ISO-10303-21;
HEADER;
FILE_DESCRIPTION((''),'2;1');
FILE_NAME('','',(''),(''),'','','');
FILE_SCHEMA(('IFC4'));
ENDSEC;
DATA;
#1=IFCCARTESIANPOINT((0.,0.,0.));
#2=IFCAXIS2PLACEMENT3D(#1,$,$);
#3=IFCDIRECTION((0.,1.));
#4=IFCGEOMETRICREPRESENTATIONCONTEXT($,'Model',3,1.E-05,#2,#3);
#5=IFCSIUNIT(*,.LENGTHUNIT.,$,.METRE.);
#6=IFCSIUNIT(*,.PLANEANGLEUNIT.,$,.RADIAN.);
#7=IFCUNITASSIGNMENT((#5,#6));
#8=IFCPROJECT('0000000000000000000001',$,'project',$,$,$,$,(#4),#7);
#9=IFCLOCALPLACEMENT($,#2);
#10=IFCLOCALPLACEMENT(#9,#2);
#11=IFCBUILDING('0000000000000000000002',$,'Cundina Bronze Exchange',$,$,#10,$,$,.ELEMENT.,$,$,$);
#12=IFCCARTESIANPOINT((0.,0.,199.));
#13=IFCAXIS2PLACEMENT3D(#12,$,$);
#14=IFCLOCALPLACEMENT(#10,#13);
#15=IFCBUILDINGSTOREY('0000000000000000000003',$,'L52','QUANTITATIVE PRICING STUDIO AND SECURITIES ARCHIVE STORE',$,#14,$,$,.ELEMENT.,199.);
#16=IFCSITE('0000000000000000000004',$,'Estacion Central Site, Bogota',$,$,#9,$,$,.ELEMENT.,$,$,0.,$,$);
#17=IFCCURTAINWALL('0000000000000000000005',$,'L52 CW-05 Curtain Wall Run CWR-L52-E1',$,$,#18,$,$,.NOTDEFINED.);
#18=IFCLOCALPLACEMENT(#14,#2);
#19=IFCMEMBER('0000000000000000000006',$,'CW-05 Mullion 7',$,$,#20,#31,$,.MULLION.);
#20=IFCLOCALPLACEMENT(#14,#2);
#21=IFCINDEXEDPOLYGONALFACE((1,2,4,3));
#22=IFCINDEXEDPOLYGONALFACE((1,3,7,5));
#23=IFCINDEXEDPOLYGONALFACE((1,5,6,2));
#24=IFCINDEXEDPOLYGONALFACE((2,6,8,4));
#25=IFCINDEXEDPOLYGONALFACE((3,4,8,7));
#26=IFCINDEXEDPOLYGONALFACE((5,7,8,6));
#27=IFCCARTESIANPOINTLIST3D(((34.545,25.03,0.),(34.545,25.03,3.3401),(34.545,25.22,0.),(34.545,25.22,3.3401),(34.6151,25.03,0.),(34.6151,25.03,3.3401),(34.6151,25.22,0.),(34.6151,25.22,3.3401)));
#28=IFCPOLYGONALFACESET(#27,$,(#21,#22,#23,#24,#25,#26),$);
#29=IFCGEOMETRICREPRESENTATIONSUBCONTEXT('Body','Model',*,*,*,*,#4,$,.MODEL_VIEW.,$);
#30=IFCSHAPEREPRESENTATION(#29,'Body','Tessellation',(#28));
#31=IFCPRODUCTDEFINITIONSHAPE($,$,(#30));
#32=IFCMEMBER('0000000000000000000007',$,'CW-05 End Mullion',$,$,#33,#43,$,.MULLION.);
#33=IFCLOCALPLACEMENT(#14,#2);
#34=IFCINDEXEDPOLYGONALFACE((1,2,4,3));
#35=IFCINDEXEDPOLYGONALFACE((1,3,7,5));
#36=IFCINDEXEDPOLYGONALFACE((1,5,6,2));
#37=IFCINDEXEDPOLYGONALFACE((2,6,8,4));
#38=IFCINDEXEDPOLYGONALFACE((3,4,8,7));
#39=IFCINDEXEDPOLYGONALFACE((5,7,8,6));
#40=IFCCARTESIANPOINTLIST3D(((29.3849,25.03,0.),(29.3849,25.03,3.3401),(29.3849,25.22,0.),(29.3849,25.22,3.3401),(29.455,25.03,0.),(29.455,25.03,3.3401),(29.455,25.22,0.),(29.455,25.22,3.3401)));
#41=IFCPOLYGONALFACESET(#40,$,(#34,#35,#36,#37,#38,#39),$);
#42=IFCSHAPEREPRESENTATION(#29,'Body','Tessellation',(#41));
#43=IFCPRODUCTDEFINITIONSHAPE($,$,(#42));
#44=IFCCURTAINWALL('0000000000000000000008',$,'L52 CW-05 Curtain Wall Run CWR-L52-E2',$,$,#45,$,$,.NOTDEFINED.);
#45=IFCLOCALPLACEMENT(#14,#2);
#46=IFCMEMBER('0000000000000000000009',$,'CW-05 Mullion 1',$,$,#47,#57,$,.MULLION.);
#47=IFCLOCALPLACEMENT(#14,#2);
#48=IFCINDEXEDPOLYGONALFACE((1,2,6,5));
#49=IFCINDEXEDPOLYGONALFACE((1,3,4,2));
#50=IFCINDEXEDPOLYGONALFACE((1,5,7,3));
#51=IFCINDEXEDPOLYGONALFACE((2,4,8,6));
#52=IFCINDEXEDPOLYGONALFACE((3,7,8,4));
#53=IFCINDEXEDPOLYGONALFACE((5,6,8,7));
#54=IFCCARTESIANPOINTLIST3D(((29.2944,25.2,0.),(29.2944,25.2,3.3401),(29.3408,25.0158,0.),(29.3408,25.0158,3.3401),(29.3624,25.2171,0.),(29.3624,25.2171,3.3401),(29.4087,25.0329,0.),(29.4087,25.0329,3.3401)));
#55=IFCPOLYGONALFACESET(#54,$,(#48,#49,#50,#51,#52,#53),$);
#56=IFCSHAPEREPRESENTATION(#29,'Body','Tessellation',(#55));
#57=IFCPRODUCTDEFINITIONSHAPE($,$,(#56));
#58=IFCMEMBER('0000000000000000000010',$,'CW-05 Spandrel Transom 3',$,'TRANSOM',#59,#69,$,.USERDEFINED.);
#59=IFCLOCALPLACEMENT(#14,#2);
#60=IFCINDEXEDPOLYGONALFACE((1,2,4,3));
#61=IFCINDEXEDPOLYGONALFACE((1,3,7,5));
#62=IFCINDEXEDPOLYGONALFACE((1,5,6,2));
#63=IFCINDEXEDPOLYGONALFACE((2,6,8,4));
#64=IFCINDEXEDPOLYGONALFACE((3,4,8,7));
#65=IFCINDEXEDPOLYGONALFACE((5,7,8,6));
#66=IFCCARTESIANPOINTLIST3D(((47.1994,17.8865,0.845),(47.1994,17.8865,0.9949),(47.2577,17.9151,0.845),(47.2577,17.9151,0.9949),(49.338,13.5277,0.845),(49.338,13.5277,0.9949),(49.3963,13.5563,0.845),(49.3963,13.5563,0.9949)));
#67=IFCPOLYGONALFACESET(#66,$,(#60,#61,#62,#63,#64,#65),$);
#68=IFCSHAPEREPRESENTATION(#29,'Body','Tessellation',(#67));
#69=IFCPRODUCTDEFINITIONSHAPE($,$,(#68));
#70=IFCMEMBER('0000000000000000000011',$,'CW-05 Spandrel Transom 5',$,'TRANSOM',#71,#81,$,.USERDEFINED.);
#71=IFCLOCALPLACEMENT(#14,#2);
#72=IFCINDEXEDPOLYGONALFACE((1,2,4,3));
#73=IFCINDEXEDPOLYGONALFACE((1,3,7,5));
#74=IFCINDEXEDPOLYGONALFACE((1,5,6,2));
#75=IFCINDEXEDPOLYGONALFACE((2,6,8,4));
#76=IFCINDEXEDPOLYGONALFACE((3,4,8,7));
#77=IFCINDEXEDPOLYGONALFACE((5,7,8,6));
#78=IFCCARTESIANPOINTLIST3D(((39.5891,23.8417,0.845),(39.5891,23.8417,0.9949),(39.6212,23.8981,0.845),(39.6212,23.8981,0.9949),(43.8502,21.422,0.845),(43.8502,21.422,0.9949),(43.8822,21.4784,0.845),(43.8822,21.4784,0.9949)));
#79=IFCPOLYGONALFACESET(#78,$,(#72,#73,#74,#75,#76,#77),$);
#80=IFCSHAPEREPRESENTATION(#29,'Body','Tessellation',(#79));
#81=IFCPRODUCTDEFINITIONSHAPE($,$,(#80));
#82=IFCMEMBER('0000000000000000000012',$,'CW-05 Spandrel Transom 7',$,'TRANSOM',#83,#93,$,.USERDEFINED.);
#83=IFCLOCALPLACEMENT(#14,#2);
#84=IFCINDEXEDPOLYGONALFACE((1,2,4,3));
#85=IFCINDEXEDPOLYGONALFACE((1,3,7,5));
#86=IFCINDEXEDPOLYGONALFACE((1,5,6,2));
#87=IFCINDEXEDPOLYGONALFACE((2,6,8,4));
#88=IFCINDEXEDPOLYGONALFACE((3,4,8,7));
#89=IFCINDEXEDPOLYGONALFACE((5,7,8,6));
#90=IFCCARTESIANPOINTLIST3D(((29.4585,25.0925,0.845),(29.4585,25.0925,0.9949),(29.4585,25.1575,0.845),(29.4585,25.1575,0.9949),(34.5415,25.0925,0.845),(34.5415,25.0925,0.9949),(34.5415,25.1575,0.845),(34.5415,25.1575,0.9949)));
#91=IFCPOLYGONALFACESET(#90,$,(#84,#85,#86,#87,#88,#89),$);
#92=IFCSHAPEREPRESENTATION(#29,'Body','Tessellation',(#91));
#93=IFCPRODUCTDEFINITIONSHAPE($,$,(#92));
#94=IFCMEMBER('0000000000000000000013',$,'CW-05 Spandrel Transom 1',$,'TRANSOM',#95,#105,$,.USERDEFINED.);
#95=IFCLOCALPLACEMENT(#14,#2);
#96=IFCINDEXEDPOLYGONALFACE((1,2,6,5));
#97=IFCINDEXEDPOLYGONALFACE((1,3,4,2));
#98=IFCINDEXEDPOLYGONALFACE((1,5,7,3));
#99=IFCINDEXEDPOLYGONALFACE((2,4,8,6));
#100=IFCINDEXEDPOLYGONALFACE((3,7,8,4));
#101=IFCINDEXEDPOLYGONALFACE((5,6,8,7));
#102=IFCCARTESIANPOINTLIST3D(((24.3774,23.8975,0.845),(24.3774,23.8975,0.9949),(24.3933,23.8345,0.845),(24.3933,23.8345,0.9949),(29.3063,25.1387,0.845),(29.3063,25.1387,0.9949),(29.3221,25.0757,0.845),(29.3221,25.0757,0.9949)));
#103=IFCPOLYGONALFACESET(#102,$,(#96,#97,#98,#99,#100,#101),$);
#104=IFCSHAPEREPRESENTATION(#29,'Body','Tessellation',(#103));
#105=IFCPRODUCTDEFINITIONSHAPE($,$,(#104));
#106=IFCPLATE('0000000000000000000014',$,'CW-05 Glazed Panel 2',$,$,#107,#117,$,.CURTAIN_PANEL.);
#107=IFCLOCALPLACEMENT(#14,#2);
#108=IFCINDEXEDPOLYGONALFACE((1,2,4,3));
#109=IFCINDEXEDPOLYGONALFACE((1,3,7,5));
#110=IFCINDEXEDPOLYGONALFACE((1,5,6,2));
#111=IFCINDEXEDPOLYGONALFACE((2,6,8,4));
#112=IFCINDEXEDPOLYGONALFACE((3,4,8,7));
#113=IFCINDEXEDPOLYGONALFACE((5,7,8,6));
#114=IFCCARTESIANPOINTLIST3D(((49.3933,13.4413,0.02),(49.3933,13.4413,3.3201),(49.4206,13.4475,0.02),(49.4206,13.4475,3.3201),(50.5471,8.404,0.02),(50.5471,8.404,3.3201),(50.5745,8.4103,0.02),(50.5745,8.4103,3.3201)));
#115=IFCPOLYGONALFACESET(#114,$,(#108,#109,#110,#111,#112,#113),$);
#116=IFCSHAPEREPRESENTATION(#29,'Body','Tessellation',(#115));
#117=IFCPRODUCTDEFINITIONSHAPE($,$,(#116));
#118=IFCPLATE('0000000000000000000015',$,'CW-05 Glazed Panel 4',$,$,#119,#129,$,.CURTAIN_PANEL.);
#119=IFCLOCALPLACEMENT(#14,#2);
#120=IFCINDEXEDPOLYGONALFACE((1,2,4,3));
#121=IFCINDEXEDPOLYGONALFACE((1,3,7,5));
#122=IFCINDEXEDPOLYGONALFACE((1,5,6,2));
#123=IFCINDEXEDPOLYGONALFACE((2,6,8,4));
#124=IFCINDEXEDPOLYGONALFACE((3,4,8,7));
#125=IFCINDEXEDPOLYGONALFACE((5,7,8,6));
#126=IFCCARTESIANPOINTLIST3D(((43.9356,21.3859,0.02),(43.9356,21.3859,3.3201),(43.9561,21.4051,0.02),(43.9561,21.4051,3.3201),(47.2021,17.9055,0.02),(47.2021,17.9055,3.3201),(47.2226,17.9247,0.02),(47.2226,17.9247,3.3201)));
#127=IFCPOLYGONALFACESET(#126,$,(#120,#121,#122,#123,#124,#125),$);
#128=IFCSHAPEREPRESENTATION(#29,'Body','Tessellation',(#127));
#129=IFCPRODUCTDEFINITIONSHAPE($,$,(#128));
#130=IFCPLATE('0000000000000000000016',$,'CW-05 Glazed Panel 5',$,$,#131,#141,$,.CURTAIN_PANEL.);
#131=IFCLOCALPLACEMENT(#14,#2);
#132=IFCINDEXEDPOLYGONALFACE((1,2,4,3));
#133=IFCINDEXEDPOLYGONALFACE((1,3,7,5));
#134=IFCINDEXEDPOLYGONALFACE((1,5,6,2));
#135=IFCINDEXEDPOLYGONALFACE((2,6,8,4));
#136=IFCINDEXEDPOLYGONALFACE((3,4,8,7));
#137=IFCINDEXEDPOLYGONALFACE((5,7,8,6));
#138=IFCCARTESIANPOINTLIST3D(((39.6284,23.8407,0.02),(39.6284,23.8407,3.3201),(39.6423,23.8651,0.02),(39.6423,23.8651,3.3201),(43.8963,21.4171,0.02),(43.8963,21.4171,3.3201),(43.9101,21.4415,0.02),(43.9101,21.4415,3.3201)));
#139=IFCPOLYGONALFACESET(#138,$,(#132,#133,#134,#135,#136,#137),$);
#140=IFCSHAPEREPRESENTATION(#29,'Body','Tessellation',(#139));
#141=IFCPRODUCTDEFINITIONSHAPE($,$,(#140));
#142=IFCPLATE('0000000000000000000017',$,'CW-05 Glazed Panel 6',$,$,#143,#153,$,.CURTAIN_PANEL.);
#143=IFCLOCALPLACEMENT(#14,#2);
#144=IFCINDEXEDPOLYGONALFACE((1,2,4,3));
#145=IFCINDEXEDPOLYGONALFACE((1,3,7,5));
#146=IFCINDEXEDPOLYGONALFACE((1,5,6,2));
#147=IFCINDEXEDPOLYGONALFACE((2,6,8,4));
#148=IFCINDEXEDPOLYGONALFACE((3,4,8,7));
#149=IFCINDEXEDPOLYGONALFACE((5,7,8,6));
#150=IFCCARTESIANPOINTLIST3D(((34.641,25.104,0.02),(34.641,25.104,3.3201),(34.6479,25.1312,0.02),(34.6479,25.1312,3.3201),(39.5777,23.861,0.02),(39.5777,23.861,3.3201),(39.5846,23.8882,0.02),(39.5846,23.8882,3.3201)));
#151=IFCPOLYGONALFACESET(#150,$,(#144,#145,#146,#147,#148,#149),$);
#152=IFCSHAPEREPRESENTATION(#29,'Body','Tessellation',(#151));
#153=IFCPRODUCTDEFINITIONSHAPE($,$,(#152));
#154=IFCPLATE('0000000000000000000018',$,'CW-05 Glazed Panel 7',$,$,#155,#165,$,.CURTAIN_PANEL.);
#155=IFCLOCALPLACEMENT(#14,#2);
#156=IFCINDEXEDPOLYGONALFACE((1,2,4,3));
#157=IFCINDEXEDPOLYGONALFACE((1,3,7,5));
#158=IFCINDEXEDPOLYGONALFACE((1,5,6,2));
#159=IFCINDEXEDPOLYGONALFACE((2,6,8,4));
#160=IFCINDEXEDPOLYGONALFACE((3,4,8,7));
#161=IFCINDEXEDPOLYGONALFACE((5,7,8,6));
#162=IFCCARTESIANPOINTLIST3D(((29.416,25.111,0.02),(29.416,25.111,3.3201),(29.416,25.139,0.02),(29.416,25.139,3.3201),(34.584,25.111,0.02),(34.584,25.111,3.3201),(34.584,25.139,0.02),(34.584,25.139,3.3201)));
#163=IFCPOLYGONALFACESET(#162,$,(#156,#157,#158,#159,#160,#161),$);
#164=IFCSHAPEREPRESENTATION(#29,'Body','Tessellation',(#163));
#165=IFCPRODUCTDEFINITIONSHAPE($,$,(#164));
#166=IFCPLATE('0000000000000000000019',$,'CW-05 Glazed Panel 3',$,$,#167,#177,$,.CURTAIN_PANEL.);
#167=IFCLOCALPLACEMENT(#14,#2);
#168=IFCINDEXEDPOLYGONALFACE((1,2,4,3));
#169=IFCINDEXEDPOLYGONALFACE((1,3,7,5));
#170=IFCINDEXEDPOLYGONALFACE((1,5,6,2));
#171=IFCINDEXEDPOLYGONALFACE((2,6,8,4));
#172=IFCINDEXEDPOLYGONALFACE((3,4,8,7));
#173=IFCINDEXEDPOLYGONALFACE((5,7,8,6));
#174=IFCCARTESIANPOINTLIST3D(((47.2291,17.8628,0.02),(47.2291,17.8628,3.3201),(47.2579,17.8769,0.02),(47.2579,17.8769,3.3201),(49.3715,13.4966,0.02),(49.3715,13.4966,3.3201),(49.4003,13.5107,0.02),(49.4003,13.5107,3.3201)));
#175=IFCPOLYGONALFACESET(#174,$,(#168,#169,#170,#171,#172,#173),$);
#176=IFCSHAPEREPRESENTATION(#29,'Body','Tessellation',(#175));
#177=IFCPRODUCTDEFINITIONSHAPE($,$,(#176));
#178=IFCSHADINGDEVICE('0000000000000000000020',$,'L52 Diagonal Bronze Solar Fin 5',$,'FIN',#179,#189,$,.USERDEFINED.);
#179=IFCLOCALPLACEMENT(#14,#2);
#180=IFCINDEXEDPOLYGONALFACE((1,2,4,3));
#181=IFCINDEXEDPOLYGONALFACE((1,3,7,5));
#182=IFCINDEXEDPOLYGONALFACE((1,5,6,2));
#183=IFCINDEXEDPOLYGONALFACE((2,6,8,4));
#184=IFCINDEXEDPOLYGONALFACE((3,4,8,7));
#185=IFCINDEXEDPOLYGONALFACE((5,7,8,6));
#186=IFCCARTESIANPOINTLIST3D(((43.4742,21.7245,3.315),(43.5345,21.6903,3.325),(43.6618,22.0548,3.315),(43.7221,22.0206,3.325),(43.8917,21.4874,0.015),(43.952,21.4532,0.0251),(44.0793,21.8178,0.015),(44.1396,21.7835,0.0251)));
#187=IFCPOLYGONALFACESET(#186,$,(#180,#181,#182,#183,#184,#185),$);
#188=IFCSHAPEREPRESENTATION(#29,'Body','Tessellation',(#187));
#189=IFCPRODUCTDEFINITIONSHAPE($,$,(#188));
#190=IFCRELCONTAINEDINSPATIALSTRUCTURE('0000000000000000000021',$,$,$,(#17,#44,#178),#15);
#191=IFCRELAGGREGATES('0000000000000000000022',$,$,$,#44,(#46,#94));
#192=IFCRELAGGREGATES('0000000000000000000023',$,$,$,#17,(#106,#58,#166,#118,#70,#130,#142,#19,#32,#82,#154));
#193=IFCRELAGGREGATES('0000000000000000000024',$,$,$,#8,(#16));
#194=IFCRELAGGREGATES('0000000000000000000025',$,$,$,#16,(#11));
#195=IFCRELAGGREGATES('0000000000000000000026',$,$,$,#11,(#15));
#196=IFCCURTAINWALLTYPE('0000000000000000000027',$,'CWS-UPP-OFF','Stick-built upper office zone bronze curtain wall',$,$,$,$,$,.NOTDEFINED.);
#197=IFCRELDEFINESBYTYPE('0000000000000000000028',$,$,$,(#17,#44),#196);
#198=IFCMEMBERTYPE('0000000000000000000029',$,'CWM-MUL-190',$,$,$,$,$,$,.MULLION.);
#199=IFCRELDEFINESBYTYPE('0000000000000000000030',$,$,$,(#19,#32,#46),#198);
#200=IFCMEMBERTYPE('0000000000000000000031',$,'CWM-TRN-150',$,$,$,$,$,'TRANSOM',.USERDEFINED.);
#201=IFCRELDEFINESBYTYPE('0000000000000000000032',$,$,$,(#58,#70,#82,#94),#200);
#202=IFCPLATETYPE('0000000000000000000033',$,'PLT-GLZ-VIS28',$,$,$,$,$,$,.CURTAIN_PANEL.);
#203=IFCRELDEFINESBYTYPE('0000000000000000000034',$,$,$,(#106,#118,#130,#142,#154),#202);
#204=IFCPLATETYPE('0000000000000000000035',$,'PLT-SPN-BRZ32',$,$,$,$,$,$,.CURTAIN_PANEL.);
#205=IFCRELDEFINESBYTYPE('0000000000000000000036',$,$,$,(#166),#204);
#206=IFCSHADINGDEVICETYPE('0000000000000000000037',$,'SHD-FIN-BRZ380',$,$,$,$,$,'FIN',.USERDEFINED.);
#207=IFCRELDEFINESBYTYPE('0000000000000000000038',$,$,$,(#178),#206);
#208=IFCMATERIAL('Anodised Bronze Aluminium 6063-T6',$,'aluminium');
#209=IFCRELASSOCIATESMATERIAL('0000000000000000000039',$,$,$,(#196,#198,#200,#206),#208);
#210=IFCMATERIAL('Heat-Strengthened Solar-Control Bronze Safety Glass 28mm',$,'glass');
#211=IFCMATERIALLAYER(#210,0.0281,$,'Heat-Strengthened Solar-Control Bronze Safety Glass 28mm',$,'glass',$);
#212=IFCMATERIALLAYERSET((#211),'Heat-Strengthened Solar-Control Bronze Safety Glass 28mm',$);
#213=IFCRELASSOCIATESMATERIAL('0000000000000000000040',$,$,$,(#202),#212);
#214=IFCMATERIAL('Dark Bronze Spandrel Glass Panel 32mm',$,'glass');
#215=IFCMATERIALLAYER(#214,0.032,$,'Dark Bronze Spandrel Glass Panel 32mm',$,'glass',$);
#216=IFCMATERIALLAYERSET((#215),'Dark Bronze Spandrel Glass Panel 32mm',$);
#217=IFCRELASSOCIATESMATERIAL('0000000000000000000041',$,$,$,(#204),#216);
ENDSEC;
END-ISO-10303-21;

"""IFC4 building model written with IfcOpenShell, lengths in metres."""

from ifc_helpers import new_model, si_unit, direction, frame, origin, origin_2d, place, context, subcontext, project, spatial, rectangle, extrude, material, layer, layer_set, material_profile, profile_set, type_object, element, aggregate, save


model = new_model("IFC4")

# Units and contexts
model_context = context("Model", 3, precision=1e-05, world=origin(), true_north=direction((0.0, 1.0)))
body_context = subcontext(model_context, "Body", "Model", "MODEL_VIEW")
ifc_project = project(units=[si_unit("LENGTHUNIT", "METRE"), si_unit("PLANEANGLEUNIT", "RADIAN")], contexts=[model_context])

# Site, building, storey
site_placement = place(None, origin())
site = spatial("IfcSite", under=ifc_project, at=site_placement, Name="Estacion Central Site, Bogota", CompositionType="ELEMENT", RefElevation=0.0)
building_placement = place(site_placement, origin())
building = spatial("IfcBuilding", under=site, at=building_placement, Name="Cundina Bronze Exchange", CompositionType="ELEMENT")
storey_placement = place(building_placement, frame((0.0, 0.0, 199.0)))
storey = spatial("IfcBuildingStorey", under=building, at=storey_placement, Name="L52", Description="QUANTITATIVE PRICING STUDIO AND SECURITIES ARCHIVE STORE", CompositionType="ELEMENT", Elevation=199.0)

# Curtain wall, members
ifc_material_1 = material(Name="Anodised Bronze Aluminium 6063-T6", Category="aluminium")
curtain_wall_type = type_object("IfcCurtainWallType", Name="CWS-UPP-OFF", Description="Stick-built upper office zone bronze curtain wall", PredefinedType="NOTDEFINED", material=ifc_material_1)
curtain_wall_1_placement = place(storey_placement, origin())
curtain_wall_1 = element("IfcCurtainWall", 1, at=curtain_wall_1_placement, inside=storey, type_object=curtain_wall_type, Name="L52 CW-05 Curtain Wall Run CWR-L52-E1", PredefinedType="NOTDEFINED")
ifc_material_profile_1 = material_profile(ifc_material_1, rectangle(XDim=0.0701, YDim=0.1899, at=origin_2d()), Name="AL70X190", Category="aluminium")
ifc_profile_set_1 = profile_set([ifc_material_profile_1], Name="Anodised Bronze Aluminium 6063-T6")
member_type_1 = type_object("IfcMemberType", Name="CWM-MUL-190", PredefinedType="MULLION", material=ifc_profile_set_1)
member_1_placement = place(storey_placement, frame((34.5801, 25.125, 0.0), z_axis=(0.0, 0.0, 1.0), x_axis=(-1.0, 0.0, 0.0)))
member_1 = element("IfcMember", 2, at=member_1_placement, type_object=member_type_1, Name="CW-05 Mullion 7", PredefinedType="MULLION", context=body_context, shape_type="SweptSolid", body=[
    extrude(rectangle(XDim=0.0701, YDim=0.1899, at=origin_2d()), origin(), (0.0, 0.0, 1.0), 3.3401),
])
member_2_placement = place(storey_placement, frame((29.4199, 25.125, 0.0), z_axis=(0.0, 0.0, 1.0), x_axis=(-1.0, 0.0, 0.0)))
member_2 = element("IfcMember", 3, at=member_2_placement, type_object=member_type_1, Name="CW-05 End Mullion", PredefinedType="MULLION", context=body_context, shape_type="SweptSolid", body=[
    extrude(rectangle(XDim=0.0701, YDim=0.1899, at=origin_2d()), origin(), (0.0, 0.0, 1.0), 3.3401),
])

# Curtain wall, member
curtain_wall_2_placement = place(storey_placement, origin())
curtain_wall_2 = element("IfcCurtainWall", 4, at=curtain_wall_2_placement, inside=storey, type_object=curtain_wall_type, Name="L52 CW-05 Curtain Wall Run CWR-L52-E2", PredefinedType="NOTDEFINED")
member_3_placement = place(storey_placement, frame((29.3516, 25.1165, 0.0), z_axis=(0.0, 0.0, 1.0), x_axis=(-0.969744, -0.244123, 0.0)))
member_3 = element("IfcMember", 5, at=member_3_placement, type_object=member_type_1, Name="CW-05 Mullion 1", PredefinedType="MULLION", context=body_context, shape_type="SweptSolid", body=[
    extrude(rectangle(XDim=0.0701, YDim=0.1899, at=origin_2d()), origin(), (0.0, 0.0, 1.0), 3.3401),
])

# Members
ifc_material_profile_2 = material_profile(ifc_material_1, rectangle(XDim=0.0649, YDim=0.1499, at=origin_2d()), Name="AL65X150", Category="aluminium")
ifc_profile_set_2 = profile_set([ifc_material_profile_2], Name="Anodised Bronze Aluminium 6063-T6")
member_type_2 = type_object("IfcMemberType", Name="CWM-TRN-150", ElementType="TRANSOM", PredefinedType="USERDEFINED", material=ifc_profile_set_2)
member_4_placement = place(storey_placement, frame((49.3672, 13.542, 0.9199), z_axis=(-0.440483, 0.897761, 0.0), x_axis=(-0.897761, -0.440483, 0.0)))
member_4 = element("IfcMember", 6, at=member_4_placement, type_object=member_type_2, Name="CW-05 Spandrel Transom 3", ObjectType="TRANSOM", PredefinedType="USERDEFINED", context=body_context, shape_type="SweptSolid", body=[
    extrude(rectangle(XDim=0.0649, YDim=0.1499, at=origin_2d()), origin(), (0.0, 0.0, 1.0), 4.8552),
])
member_5_placement = place(storey_placement, frame((43.8662, 21.4502, 0.9199), z_axis=(-0.869574, 0.493803, 0.0), x_axis=(-0.493803, -0.869574, 0.0)))
member_5 = element("IfcMember", 7, at=member_5_placement, type_object=member_type_2, Name="CW-05 Spandrel Transom 5", ObjectType="TRANSOM", PredefinedType="USERDEFINED", context=body_context, shape_type="SweptSolid", body=[
    extrude(rectangle(XDim=0.0649, YDim=0.1499, at=origin_2d()), origin(), (0.0, 0.0, 1.0), 4.9001),
])
member_6_placement = place(storey_placement, frame((34.5415, 25.125, 0.9199), z_axis=(-1.0, 0.0, 0.0), x_axis=(0.0, -1.0, 0.0)))
member_6 = element("IfcMember", 8, at=member_6_placement, type_object=member_type_2, Name="CW-05 Spandrel Transom 7", ObjectType="TRANSOM", PredefinedType="USERDEFINED", context=body_context, shape_type="SweptSolid", body=[
    extrude(rectangle(XDim=0.0649, YDim=0.1499, at=origin_2d()), origin(), (0.0, 0.0, 1.0), 5.083),
])
member_7_placement = place(storey_placement, frame((29.3142, 25.1072, 0.9199), z_axis=(-0.969726, -0.244197, 0.0), x_axis=(0.244197, -0.969726, 0.0)))
member_7 = element("IfcMember", 9, at=member_7_placement, type_object=member_type_2, Name="CW-05 Spandrel Transom 1", ObjectType="TRANSOM", PredefinedType="USERDEFINED", context=body_context, shape_type="SweptSolid", body=[
    extrude(rectangle(XDim=0.0649, YDim=0.1499, at=origin_2d()), origin(), (0.0, 0.0, 1.0), 5.0828),
])
aggregate(curtain_wall_2, [member_3, member_7])

# Plates
ifc_material_2 = material(Name="Heat-Strengthened Solar-Control Bronze Safety Glass 28mm", Category="glass")
ifc_layer_1 = layer(ifc_material_2, 0.0281, Name="Heat-Strengthened Solar-Control Bronze Safety Glass 28mm", Category="glass")
ifc_layer_set_1 = layer_set([ifc_layer_1], Name="Heat-Strengthened Solar-Control Bronze Safety Glass 28mm")
plate_type_1 = type_object("IfcPlateType", Name="PLT-GLZ-VIS28", PredefinedType="CURTAIN_PANEL", material=ifc_layer_set_1)
plate_1_placement = place(storey_placement, frame((49.9839, 10.9258, 0.02), z_axis=(0.0, 0.0, 1.0), x_axis=(-0.223284, 0.974753, 0.0)))
plate_1 = element("IfcPlate", 10, at=plate_1_placement, type_object=plate_type_1, Name="CW-05 Glazed Panel 2", PredefinedType="CURTAIN_PANEL", context=body_context, shape_type="SweptSolid", body=[
    extrude(rectangle(XDim=5.1677, YDim=0.0281, at=origin_2d()), origin(), (0.0, 0.0, 1.0), 3.3),
])
plate_2_placement = place(storey_placement, frame((45.5791, 19.6553, 0.02), z_axis=(0.0, 0.0, 1.0), x_axis=(-0.684344, 0.72916, 0.0)))
plate_2 = element("IfcPlate", 11, at=plate_2_placement, type_object=plate_type_1, Name="CW-05 Glazed Panel 4", PredefinedType="CURTAIN_PANEL", context=body_context, shape_type="SweptSolid", body=[
    extrude(rectangle(XDim=4.7732, YDim=0.0281, at=origin_2d()), origin(), (0.0, 0.0, 1.0), 3.3),
])
plate_3_placement = place(storey_placement, frame((41.7693, 22.6411, 0.02), z_axis=(0.0, 0.0, 1.0), x_axis=(-0.869573, 0.493805, 0.0)))
plate_3 = element("IfcPlate", 12, at=plate_3_placement, type_object=plate_type_1, Name="CW-05 Glazed Panel 5", PredefinedType="CURTAIN_PANEL", context=body_context, shape_type="SweptSolid", body=[
    extrude(rectangle(XDim=4.908, YDim=0.0281, at=origin_2d()), origin(), (0.0, 0.0, 1.0), 3.3),
])
plate_4_placement = place(storey_placement, frame((37.1128, 24.4961, 0.02), z_axis=(0.0, 0.0, 1.0), x_axis=(-0.969732, 0.244174, 0.0)))
plate_4 = element("IfcPlate", 13, at=plate_4_placement, type_object=plate_type_1, Name="CW-05 Glazed Panel 6", PredefinedType="CURTAIN_PANEL", context=body_context, shape_type="SweptSolid", body=[
    extrude(rectangle(XDim=5.0908, YDim=0.0281, at=origin_2d()), origin(), (0.0, 0.0, 1.0), 3.3),
])
plate_5_placement = place(storey_placement, frame((32.0, 25.125, 0.02), z_axis=(0.0, 0.0, 1.0), x_axis=(-1.0, 0.0, 0.0)))
plate_5 = element("IfcPlate", 14, at=plate_5_placement, type_object=plate_type_1, Name="CW-05 Glazed Panel 7", PredefinedType="CURTAIN_PANEL", context=body_context, shape_type="SweptSolid", body=[
    extrude(rectangle(XDim=5.168, YDim=0.0281, at=origin_2d()), origin(), (0.0, 0.0, 1.0), 3.3),
])
ifc_material_3 = material(Name="Dark Bronze Spandrel Glass Panel 32mm", Category="glass")
ifc_layer_2 = layer(ifc_material_3, 0.032, Name="Dark Bronze Spandrel Glass Panel 32mm", Category="glass")
ifc_layer_set_2 = layer_set([ifc_layer_2], Name="Dark Bronze Spandrel Glass Panel 32mm")
plate_type_2 = type_object("IfcPlateType", Name="PLT-SPN-BRZ32", PredefinedType="CURTAIN_PANEL", material=ifc_layer_set_2)
plate_6_placement = place(storey_placement, frame((48.3147, 15.6868, 0.02), z_axis=(0.0, 0.0, 1.0), x_axis=(-0.440503, 0.897751, 0.0)))
plate_6 = element("IfcPlate", 15, at=plate_6_placement, type_object=plate_type_2, Name="CW-05 Glazed Panel 3", PredefinedType="CURTAIN_PANEL", context=body_context, shape_type="SweptSolid", body=[
    extrude(rectangle(XDim=4.8635, YDim=0.032, at=origin_2d()), origin(), (0.0, 0.0, 1.0), 3.3),
])
aggregate(curtain_wall_1, [plate_1, member_4, plate_6, plate_2, member_5, plate_3, plate_4, member_1, member_2, member_6, plate_5])

# Shading device
ifc_material_profile_3 = material_profile(ifc_material_1, rectangle(XDim=0.0701, YDim=0.3799, at=origin_2d()), Name="FIN70X380", Category="aluminium")
ifc_profile_set_3 = profile_set([ifc_material_profile_3], Name="Anodised Bronze Aluminium 6063-T6")
shading_device_type = type_object("IfcShadingDeviceType", Name="SHD-FIN-BRZ380", ElementType="FIN", PredefinedType="USERDEFINED", material=ifc_profile_set_3)
for number, where, z_axis, x_axis, name in (
    (16, (44.0156, 21.6355, 0.02), (-0.12519, 0.071087, 0.989583), (0.860527, -0.488638, 0.143965), "L52 Diagonal Bronze Solar Fin 5"),
):
    element("IfcShadingDevice", number, at=place(storey_placement, frame(where, z_axis=z_axis, x_axis=x_axis)), inside=storey, type_object=shading_device_type, Name=name, ObjectType="FIN", PredefinedType="USERDEFINED", context=body_context, shape_type="SweptSolid", body=[
        extrude(rectangle(XDim=0.0701, YDim=0.3799, at=origin_2d()), origin(), (0.0, 0.0, 1.0), 3.3347),
    ])

save(model, "model.ifc")
